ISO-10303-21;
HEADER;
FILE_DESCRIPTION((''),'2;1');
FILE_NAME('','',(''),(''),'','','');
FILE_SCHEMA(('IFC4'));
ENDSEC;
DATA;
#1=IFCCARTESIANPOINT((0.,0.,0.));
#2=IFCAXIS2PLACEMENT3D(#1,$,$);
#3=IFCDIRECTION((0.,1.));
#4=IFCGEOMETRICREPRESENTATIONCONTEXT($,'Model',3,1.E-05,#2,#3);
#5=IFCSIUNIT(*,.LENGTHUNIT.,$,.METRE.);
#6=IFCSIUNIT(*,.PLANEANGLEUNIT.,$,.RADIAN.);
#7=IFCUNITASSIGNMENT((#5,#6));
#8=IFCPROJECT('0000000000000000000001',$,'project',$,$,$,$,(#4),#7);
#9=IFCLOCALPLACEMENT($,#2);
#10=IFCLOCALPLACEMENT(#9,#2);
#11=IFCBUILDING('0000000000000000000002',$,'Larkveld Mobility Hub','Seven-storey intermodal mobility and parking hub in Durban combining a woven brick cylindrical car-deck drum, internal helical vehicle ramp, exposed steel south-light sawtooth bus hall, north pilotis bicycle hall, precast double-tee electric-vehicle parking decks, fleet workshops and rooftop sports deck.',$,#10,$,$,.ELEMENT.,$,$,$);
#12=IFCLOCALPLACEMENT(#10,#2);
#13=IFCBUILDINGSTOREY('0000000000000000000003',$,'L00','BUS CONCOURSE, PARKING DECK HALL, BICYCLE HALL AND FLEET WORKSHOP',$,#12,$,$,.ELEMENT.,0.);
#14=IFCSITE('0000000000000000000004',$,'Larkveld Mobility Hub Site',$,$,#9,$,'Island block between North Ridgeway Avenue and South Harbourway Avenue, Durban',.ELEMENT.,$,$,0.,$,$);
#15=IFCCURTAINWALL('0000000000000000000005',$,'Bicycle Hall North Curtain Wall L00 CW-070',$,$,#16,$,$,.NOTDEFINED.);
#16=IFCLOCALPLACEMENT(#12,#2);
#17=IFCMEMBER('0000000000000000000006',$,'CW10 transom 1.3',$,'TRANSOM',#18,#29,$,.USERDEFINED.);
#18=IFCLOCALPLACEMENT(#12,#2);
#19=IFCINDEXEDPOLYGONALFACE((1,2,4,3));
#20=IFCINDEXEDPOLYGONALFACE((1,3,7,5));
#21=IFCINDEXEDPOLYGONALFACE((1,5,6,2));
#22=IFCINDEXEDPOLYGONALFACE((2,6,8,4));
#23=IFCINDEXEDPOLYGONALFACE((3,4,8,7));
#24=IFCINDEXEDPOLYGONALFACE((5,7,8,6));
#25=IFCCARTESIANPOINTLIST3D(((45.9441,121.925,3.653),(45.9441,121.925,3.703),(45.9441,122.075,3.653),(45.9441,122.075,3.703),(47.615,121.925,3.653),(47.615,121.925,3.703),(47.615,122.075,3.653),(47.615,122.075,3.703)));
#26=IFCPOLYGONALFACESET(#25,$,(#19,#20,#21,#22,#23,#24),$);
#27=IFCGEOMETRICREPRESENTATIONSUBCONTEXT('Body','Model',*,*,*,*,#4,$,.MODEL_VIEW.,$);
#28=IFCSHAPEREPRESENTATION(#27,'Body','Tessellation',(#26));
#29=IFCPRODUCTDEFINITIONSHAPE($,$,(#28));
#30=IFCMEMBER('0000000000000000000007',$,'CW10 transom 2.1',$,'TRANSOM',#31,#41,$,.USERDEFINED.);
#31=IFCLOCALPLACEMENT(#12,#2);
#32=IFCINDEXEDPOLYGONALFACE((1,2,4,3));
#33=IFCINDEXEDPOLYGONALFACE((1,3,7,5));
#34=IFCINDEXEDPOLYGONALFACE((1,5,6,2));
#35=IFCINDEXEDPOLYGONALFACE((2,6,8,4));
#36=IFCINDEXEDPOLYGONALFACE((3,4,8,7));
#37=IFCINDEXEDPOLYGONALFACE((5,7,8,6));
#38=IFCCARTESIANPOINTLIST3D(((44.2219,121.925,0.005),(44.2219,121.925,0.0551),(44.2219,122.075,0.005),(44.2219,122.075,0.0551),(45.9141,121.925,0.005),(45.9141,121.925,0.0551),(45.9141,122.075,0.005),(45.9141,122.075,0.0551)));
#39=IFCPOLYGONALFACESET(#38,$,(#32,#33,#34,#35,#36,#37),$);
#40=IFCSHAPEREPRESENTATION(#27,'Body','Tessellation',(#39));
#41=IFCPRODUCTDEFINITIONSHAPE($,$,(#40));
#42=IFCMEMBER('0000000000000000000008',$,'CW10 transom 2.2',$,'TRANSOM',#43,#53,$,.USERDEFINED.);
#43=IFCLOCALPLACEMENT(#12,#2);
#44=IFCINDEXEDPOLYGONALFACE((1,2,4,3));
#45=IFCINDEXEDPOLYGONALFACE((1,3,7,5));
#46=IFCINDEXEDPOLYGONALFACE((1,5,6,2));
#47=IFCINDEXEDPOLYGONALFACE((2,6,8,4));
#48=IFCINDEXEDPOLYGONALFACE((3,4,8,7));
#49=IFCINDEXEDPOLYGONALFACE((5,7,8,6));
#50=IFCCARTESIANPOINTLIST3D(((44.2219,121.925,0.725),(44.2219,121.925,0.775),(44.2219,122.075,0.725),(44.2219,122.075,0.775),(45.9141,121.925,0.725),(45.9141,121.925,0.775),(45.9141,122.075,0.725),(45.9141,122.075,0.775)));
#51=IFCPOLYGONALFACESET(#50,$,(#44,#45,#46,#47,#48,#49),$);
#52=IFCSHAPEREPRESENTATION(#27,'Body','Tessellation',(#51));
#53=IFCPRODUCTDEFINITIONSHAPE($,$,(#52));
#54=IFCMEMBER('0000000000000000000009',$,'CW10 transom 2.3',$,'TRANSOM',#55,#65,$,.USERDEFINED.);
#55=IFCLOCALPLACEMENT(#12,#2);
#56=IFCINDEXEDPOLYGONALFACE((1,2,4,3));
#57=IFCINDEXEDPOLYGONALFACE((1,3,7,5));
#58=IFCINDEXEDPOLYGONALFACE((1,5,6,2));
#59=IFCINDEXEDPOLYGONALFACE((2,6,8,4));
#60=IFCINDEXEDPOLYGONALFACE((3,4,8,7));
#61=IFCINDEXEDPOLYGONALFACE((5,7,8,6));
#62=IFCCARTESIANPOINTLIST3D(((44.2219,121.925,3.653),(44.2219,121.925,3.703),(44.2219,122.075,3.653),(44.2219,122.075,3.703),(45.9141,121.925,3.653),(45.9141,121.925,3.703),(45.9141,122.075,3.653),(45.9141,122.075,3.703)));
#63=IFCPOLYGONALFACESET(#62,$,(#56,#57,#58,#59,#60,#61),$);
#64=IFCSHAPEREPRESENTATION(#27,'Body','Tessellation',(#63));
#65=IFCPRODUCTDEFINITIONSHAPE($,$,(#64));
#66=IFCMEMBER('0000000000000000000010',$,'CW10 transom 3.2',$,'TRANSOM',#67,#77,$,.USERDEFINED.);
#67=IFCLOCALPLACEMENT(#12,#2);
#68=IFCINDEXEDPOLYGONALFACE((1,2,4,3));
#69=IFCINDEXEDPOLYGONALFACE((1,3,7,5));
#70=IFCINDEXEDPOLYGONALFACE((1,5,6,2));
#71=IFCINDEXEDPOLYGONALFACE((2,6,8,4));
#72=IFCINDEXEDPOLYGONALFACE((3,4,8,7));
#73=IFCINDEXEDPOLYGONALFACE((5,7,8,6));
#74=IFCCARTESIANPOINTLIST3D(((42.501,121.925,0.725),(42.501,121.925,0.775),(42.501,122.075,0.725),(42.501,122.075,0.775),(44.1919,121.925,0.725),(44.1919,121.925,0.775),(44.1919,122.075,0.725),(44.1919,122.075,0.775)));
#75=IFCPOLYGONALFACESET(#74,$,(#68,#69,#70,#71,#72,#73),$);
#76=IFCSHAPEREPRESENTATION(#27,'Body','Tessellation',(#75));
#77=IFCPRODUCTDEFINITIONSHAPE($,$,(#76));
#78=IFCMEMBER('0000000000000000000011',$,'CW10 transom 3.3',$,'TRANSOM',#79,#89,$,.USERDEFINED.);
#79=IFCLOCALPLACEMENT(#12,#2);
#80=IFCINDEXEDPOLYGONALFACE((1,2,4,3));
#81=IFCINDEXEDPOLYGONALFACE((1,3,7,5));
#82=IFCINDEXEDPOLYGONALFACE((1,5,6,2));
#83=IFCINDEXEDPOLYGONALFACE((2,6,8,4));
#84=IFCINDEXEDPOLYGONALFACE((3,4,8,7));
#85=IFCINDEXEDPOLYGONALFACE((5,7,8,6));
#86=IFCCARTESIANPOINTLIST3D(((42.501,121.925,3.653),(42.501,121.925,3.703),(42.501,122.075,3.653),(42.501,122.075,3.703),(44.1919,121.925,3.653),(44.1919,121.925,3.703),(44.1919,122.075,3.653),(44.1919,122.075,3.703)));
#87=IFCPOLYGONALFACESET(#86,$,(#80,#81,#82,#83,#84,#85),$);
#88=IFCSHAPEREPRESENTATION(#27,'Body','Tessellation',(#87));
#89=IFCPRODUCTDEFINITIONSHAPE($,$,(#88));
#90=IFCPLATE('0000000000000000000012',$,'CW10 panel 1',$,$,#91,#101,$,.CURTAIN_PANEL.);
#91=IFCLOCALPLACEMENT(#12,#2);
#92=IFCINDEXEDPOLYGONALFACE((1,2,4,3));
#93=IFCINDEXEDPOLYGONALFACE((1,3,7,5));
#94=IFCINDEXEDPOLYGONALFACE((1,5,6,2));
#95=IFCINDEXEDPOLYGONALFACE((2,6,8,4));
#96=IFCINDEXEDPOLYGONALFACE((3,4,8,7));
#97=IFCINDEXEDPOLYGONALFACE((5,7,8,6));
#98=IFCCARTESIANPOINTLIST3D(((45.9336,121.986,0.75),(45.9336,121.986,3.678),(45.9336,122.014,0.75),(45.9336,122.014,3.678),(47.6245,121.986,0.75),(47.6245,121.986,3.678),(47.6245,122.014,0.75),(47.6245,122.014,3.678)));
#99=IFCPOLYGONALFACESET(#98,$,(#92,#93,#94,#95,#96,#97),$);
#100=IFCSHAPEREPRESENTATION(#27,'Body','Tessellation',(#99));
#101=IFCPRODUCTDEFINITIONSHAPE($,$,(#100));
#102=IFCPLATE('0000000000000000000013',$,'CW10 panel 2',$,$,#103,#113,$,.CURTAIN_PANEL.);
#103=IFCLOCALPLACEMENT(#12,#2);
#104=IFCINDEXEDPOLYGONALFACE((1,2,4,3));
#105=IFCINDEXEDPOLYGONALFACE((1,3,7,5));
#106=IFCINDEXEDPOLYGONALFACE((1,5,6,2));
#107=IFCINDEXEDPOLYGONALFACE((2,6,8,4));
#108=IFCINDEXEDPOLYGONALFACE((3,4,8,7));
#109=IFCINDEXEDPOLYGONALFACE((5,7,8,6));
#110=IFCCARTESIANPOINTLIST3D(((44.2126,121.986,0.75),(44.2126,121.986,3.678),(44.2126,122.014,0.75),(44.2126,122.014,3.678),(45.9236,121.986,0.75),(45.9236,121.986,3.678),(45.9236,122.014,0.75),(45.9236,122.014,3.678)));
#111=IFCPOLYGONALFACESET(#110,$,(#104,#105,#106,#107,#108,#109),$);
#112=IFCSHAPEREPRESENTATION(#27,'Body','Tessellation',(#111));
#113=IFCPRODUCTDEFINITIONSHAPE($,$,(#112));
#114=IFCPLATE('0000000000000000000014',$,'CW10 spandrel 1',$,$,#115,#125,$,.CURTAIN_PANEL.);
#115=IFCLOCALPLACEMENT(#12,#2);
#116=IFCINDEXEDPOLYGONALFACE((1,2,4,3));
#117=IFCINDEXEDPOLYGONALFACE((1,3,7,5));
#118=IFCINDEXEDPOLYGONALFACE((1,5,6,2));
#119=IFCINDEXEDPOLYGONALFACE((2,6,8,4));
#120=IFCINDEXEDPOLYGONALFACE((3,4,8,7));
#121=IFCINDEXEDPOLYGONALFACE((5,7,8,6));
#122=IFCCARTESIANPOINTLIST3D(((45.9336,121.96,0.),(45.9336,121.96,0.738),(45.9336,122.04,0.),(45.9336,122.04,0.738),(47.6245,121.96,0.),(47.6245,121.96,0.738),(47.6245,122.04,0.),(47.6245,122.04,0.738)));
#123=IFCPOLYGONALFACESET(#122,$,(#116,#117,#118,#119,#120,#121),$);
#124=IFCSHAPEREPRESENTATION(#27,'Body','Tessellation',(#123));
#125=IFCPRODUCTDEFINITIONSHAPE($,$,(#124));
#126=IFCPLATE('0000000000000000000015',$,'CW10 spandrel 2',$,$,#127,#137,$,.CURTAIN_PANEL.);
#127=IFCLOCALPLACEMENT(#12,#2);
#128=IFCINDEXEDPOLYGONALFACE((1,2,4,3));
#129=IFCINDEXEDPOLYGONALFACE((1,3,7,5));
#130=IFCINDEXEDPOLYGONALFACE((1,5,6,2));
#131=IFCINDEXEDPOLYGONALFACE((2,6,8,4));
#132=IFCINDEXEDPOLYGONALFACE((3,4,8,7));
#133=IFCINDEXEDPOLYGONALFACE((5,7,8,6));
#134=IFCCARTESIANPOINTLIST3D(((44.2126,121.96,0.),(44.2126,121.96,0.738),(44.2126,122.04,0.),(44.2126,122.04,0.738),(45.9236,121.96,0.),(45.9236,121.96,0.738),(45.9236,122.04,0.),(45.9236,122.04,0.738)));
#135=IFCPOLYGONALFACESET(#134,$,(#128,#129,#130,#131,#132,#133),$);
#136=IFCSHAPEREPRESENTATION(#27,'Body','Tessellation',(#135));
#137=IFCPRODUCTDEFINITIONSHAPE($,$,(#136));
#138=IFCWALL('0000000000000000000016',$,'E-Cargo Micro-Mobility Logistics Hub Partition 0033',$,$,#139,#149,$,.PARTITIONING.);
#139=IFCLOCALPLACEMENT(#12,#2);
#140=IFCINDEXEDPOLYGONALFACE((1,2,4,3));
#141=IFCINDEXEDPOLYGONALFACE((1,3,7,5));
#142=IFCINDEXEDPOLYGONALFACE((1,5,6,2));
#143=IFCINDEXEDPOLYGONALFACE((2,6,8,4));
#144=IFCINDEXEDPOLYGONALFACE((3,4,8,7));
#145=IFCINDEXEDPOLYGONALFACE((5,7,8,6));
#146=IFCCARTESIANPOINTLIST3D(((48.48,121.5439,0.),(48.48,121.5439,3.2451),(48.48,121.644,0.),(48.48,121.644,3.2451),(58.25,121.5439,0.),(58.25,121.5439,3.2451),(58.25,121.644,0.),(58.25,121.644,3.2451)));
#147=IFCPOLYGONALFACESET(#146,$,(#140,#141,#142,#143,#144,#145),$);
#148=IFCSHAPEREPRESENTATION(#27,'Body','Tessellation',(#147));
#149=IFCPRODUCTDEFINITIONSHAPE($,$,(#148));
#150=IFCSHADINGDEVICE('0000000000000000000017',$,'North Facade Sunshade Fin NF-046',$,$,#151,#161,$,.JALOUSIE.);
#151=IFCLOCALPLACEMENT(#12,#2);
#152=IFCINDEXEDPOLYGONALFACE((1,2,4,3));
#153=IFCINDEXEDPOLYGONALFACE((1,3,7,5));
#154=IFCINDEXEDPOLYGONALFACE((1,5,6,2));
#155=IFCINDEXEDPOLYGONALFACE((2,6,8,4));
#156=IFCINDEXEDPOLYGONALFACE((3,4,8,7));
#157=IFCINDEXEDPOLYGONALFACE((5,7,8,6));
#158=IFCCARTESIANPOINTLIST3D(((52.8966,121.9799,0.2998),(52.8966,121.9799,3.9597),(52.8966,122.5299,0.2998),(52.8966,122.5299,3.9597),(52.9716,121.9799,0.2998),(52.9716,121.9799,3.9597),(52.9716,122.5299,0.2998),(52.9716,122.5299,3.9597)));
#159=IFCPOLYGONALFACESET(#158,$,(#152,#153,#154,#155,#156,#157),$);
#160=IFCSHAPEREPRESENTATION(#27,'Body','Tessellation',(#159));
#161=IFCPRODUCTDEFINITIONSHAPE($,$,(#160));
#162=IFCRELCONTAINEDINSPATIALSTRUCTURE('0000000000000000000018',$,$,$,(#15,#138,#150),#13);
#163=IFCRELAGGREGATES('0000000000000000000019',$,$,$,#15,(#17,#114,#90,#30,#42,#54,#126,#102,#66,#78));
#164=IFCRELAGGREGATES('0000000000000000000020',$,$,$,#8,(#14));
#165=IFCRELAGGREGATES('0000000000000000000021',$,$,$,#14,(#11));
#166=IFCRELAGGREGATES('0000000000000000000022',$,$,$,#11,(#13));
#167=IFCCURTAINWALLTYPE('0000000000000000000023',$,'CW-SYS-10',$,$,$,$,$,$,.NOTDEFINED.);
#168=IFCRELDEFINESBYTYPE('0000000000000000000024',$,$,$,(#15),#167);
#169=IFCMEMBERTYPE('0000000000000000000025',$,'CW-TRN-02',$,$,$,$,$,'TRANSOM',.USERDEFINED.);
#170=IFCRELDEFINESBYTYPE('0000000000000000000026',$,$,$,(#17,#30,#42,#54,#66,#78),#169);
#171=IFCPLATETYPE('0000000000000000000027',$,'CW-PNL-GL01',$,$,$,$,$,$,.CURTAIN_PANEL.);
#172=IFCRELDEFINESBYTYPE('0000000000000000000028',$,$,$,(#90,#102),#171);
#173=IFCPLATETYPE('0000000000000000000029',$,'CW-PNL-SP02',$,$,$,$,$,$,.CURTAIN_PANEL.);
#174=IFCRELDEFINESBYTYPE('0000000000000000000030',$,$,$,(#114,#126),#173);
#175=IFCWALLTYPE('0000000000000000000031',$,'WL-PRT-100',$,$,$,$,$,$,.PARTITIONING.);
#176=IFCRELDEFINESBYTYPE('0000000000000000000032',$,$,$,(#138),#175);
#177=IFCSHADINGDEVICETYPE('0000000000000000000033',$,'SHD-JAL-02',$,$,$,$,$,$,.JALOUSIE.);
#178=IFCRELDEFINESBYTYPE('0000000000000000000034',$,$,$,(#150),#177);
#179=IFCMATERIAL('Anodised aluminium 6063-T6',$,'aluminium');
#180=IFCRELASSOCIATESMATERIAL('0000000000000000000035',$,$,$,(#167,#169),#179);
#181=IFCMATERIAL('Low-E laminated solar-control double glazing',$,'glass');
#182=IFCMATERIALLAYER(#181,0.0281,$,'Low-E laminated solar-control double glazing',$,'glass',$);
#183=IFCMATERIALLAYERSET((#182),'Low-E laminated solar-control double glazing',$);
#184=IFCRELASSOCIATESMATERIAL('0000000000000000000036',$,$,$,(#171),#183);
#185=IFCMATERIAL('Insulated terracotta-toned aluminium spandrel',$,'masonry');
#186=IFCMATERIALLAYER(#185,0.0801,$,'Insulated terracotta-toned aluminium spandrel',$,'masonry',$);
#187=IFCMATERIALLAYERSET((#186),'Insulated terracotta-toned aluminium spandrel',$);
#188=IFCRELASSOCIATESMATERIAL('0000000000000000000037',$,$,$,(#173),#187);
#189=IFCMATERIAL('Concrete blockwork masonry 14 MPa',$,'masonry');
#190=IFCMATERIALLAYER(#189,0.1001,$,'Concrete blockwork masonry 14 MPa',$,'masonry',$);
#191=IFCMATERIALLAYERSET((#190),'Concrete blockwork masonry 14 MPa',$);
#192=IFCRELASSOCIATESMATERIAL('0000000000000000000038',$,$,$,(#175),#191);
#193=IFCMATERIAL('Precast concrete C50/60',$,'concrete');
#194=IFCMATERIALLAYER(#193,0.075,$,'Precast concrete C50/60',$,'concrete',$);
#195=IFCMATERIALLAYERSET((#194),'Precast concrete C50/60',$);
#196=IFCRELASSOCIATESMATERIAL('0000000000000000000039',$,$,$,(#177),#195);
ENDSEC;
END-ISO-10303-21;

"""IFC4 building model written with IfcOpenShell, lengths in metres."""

from ifc_helpers import new_model, si_unit, direction, frame, frame_2d, origin, origin_2d, place, context, subcontext, project, spatial, rectangle, extrude, material, layer, layer_set, material_profile, profile_set, type_object, element, aggregate, save


model = new_model("IFC4")

# Units and contexts
model_context = context("Model", 3, precision=1e-05, world=origin(), true_north=direction((0.0, 1.0)))
body_context = subcontext(model_context, "Body", "Model", "MODEL_VIEW")
ifc_project = project(units=[si_unit("LENGTHUNIT", "METRE"), si_unit("PLANEANGLEUNIT", "RADIAN")], contexts=[model_context])

# Site, building, storey
site_placement = place(None, origin())
site = spatial("IfcSite", under=ifc_project, at=site_placement, Name="Larkveld Mobility Hub Site", LongName="Island block between North Ridgeway Avenue and South Harbourway Avenue, Durban", CompositionType="ELEMENT", RefElevation=0.0)
building_placement = place(site_placement, origin())
building = spatial("IfcBuilding", under=site, at=building_placement, Name="Larkveld Mobility Hub", Description="Seven-storey intermodal mobility and parking hub in Durban combining a woven brick cylindrical car-deck drum, internal helical vehicle ramp, exposed steel south-light sawtooth bus hall, north pilotis bicycle hall, precast double-tee electric-vehicle parking decks, fleet workshops and rooftop sports deck.", CompositionType="ELEMENT")
storey_placement = place(building_placement, origin())
storey = spatial("IfcBuildingStorey", under=building, at=storey_placement, Name="L00", Description="BUS CONCOURSE, PARKING DECK HALL, BICYCLE HALL AND FLEET WORKSHOP", CompositionType="ELEMENT", Elevation=0.0)

# Shared definitions
ifc_material_1 = material(Name="Precast concrete C50/60", Category="concrete")

# Curtain wall, members, plates
ifc_material_2 = material(Name="Anodised aluminium 6063-T6", Category="aluminium")
curtain_wall_type = type_object("IfcCurtainWallType", Name="CW-SYS-10", PredefinedType="NOTDEFINED", material=ifc_material_2)
curtain_wall_placement = place(storey_placement, origin())
curtain_wall = element("IfcCurtainWall", 1, at=curtain_wall_placement, inside=storey, type_object=curtain_wall_type, Name="Bicycle Hall North Curtain Wall L00 CW-070", PredefinedType="NOTDEFINED")
ifc_material_profile_1 = material_profile(ifc_material_2, rectangle(XDim=0.1499, YDim=0.05, at=origin_2d()), Name="ALU TRAN 50x150")
ifc_profile_set_1 = profile_set([ifc_material_profile_1], Name="Anodised aluminium 6063-T6")
member_type_1 = type_object("IfcMemberType", Name="CW-TRN-02", ElementType="TRANSOM", PredefinedType="USERDEFINED", material=ifc_profile_set_1)
member_1_placement = place(storey_placement, frame((47.615, 122.0, 3.678), z_axis=(-1.0, 0.0, 0.0), x_axis=(0.0, -1.0, 0.0)))
member_1 = element("IfcMember", 2, at=member_1_placement, type_object=member_type_1, Name="CW10 transom 1.3", ObjectType="TRANSOM", PredefinedType="USERDEFINED", context=body_context, shape_type="SweptSolid", body=[
    extrude(rectangle(XDim=0.1499, YDim=0.05, at=origin_2d()), origin(), (0.0, 0.0, 1.0), 1.6709),
])
member_2_placement = place(storey_placement, frame((45.9141, 122.0, 0.03), z_axis=(-1.0, 0.0, 0.0), x_axis=(0.0, -1.0, 0.0)))
member_2 = element("IfcMember", 3, at=member_2_placement, type_object=member_type_1, Name="CW10 transom 2.1", ObjectType="TRANSOM", PredefinedType="USERDEFINED", context=body_context, shape_type="SweptSolid", body=[
    extrude(rectangle(XDim=0.1499, YDim=0.05, at=origin_2d()), origin(), (0.0, 0.0, 1.0), 1.6921),
])
member_3_placement = place(storey_placement, frame((45.9141, 122.0, 0.75), z_axis=(-1.0, 0.0, 0.0), x_axis=(0.0, -1.0, 0.0)))
member_3 = element("IfcMember", 4, at=member_3_placement, type_object=member_type_1, Name="CW10 transom 2.2", ObjectType="TRANSOM", PredefinedType="USERDEFINED", context=body_context, shape_type="SweptSolid", body=[
    extrude(rectangle(XDim=0.1499, YDim=0.05, at=origin_2d()), origin(), (0.0, 0.0, 1.0), 1.6921),
])
member_4_placement = place(storey_placement, frame((45.9141, 122.0, 3.678), z_axis=(-1.0, 0.0, 0.0), x_axis=(0.0, -1.0, 0.0)))
member_4 = element("IfcMember", 5, at=member_4_placement, type_object=member_type_1, Name="CW10 transom 2.3", ObjectType="TRANSOM", PredefinedType="USERDEFINED", context=body_context, shape_type="SweptSolid", body=[
    extrude(rectangle(XDim=0.1499, YDim=0.05, at=origin_2d()), origin(), (0.0, 0.0, 1.0), 1.6921),
])
member_5_placement = place(storey_placement, frame((44.1919, 122.0, 0.75), z_axis=(-1.0, 0.0, 0.0), x_axis=(0.0, -1.0, 0.0)))
member_5 = element("IfcMember", 6, at=member_5_placement, type_object=member_type_1, Name="CW10 transom 3.2", ObjectType="TRANSOM", PredefinedType="USERDEFINED", context=body_context, shape_type="SweptSolid", body=[
    extrude(rectangle(XDim=0.1499, YDim=0.05, at=origin_2d()), origin(), (0.0, 0.0, 1.0), 1.6909),
])
member_6_placement = place(storey_placement, frame((44.1919, 122.0, 3.678), z_axis=(-1.0, 0.0, 0.0), x_axis=(0.0, -1.0, 0.0)))
member_6 = element("IfcMember", 7, at=member_6_placement, type_object=member_type_1, Name="CW10 transom 3.3", ObjectType="TRANSOM", PredefinedType="USERDEFINED", context=body_context, shape_type="SweptSolid", body=[
    extrude(rectangle(XDim=0.1499, YDim=0.05, at=origin_2d()), origin(), (0.0, 0.0, 1.0), 1.6909),
])
ifc_material_3 = material(Name="Low-E laminated solar-control double glazing", Category="glass")
ifc_layer_1 = layer(ifc_material_3, 0.0281, Name="Low-E laminated solar-control double glazing", Category="glass")
ifc_layer_set_1 = layer_set([ifc_layer_1], Name="Low-E laminated solar-control double glazing")
plate_type_1 = type_object("IfcPlateType", Name="CW-PNL-GL01", PredefinedType="CURTAIN_PANEL", material=ifc_layer_set_1)
plate_1_placement = place(storey_placement, frame((46.7791, 122.0, 0.75), z_axis=(0.0, 0.0, 1.0), x_axis=(-1.0, 0.0, 0.0)))
plate_1 = element("IfcPlate", 8, at=plate_1_placement, type_object=plate_type_1, Name="CW10 panel 1", PredefinedType="CURTAIN_PANEL", context=body_context, shape_type="SweptSolid", body=[
    extrude(rectangle(XDim=1.6909, YDim=0.0281, at=origin_2d()), origin(), (0.0, 0.0, 1.0), 2.928),
])
plate_2_placement = place(storey_placement, frame((45.0681, 122.0, 0.75), z_axis=(0.0, 0.0, 1.0), x_axis=(-1.0, 0.0, 0.0)))
plate_2 = element("IfcPlate", 9, at=plate_2_placement, type_object=plate_type_1, Name="CW10 panel 2", PredefinedType="CURTAIN_PANEL", context=body_context, shape_type="SweptSolid", body=[
    extrude(rectangle(XDim=1.7109, YDim=0.0281, at=origin_2d()), origin(), (0.0, 0.0, 1.0), 2.928),
])
ifc_material_4 = material(Name="Insulated terracotta-toned aluminium spandrel", Category="masonry")
ifc_layer_2 = layer(ifc_material_4, 0.0801, Name="Insulated terracotta-toned aluminium spandrel", Category="masonry")
ifc_layer_set_2 = layer_set([ifc_layer_2], Name="Insulated terracotta-toned aluminium spandrel")
plate_type_2 = type_object("IfcPlateType", Name="CW-PNL-SP02", PredefinedType="CURTAIN_PANEL", material=ifc_layer_set_2)
plate_3_placement = place(storey_placement, frame((46.7791, 122.0, 0.0), z_axis=(0.0, 0.0, 1.0), x_axis=(-1.0, 0.0, 0.0)))
plate_3 = element("IfcPlate", 10, at=plate_3_placement, type_object=plate_type_2, Name="CW10 spandrel 1", PredefinedType="CURTAIN_PANEL", context=body_context, shape_type="SweptSolid", body=[
    extrude(rectangle(XDim=1.6909, YDim=0.0801, at=origin_2d()), origin(), (0.0, 0.0, 1.0), 0.738),
])
plate_4_placement = place(storey_placement, frame((45.0681, 122.0, 0.0), z_axis=(0.0, 0.0, 1.0), x_axis=(-1.0, 0.0, 0.0)))
plate_4 = element("IfcPlate", 11, at=plate_4_placement, type_object=plate_type_2, Name="CW10 spandrel 2", PredefinedType="CURTAIN_PANEL", context=body_context, shape_type="SweptSolid", body=[
    extrude(rectangle(XDim=1.7109, YDim=0.0801, at=origin_2d()), origin(), (0.0, 0.0, 1.0), 0.738),
])
aggregate(curtain_wall, [member_1, plate_3, plate_1, member_2, member_3, member_4, plate_4, plate_2, member_5, member_6])

# Wall
ifc_material_5 = material(Name="Concrete blockwork masonry 14 MPa", Category="masonry")
ifc_layer_3 = layer(ifc_material_5, 0.1001, Name="Concrete blockwork masonry 14 MPa", Category="masonry")
ifc_layer_set_3 = layer_set([ifc_layer_3], Name="Concrete blockwork masonry 14 MPa")
wall_type = type_object("IfcWallType", Name="WL-PRT-100", PredefinedType="PARTITIONING", material=ifc_layer_set_3)
wall_placement = place(storey_placement, frame((48.48, 121.594, 0.0), z_axis=(0.0, 0.0, 1.0), x_axis=(1.0, 0.0, 0.0)))
element("IfcWall", 12, at=wall_placement, inside=storey, type_object=wall_type, Name="E-Cargo Micro-Mobility Logistics Hub Partition 0033", PredefinedType="PARTITIONING", context=body_context, shape_type="SweptSolid", body=[
    extrude(rectangle(XDim=9.77, YDim=0.1001, at=frame_2d((4.885, 0.0))), origin(), (0.0, 0.0, 1.0), 3.2451),
])

# Shading device
ifc_layer_4 = layer(ifc_material_1, 0.075, Name="Precast concrete C50/60", Category="concrete")
ifc_layer_set_4 = layer_set([ifc_layer_4], Name="Precast concrete C50/60")
shading_device_type = type_object("IfcShadingDeviceType", Name="SHD-JAL-02", PredefinedType="JALOUSIE", material=ifc_layer_set_4)
shading_device_placement = place(storey_placement, frame((52.9341, 122.2549, 0.2998), z_axis=(0.0, 0.0, 1.0), x_axis=(1.0, 0.0, 0.0)))
element("IfcShadingDevice", 13, at=shading_device_placement, inside=storey, type_object=shading_device_type, Name="North Facade Sunshade Fin NF-046", PredefinedType="JALOUSIE", context=body_context, shape_type="SweptSolid", body=[
    extrude(rectangle(XDim=0.075, YDim=0.55, at=origin_2d()), origin(), (0.0, 0.0, 1.0), 3.6599),
])

save(model, "model.ifc")
